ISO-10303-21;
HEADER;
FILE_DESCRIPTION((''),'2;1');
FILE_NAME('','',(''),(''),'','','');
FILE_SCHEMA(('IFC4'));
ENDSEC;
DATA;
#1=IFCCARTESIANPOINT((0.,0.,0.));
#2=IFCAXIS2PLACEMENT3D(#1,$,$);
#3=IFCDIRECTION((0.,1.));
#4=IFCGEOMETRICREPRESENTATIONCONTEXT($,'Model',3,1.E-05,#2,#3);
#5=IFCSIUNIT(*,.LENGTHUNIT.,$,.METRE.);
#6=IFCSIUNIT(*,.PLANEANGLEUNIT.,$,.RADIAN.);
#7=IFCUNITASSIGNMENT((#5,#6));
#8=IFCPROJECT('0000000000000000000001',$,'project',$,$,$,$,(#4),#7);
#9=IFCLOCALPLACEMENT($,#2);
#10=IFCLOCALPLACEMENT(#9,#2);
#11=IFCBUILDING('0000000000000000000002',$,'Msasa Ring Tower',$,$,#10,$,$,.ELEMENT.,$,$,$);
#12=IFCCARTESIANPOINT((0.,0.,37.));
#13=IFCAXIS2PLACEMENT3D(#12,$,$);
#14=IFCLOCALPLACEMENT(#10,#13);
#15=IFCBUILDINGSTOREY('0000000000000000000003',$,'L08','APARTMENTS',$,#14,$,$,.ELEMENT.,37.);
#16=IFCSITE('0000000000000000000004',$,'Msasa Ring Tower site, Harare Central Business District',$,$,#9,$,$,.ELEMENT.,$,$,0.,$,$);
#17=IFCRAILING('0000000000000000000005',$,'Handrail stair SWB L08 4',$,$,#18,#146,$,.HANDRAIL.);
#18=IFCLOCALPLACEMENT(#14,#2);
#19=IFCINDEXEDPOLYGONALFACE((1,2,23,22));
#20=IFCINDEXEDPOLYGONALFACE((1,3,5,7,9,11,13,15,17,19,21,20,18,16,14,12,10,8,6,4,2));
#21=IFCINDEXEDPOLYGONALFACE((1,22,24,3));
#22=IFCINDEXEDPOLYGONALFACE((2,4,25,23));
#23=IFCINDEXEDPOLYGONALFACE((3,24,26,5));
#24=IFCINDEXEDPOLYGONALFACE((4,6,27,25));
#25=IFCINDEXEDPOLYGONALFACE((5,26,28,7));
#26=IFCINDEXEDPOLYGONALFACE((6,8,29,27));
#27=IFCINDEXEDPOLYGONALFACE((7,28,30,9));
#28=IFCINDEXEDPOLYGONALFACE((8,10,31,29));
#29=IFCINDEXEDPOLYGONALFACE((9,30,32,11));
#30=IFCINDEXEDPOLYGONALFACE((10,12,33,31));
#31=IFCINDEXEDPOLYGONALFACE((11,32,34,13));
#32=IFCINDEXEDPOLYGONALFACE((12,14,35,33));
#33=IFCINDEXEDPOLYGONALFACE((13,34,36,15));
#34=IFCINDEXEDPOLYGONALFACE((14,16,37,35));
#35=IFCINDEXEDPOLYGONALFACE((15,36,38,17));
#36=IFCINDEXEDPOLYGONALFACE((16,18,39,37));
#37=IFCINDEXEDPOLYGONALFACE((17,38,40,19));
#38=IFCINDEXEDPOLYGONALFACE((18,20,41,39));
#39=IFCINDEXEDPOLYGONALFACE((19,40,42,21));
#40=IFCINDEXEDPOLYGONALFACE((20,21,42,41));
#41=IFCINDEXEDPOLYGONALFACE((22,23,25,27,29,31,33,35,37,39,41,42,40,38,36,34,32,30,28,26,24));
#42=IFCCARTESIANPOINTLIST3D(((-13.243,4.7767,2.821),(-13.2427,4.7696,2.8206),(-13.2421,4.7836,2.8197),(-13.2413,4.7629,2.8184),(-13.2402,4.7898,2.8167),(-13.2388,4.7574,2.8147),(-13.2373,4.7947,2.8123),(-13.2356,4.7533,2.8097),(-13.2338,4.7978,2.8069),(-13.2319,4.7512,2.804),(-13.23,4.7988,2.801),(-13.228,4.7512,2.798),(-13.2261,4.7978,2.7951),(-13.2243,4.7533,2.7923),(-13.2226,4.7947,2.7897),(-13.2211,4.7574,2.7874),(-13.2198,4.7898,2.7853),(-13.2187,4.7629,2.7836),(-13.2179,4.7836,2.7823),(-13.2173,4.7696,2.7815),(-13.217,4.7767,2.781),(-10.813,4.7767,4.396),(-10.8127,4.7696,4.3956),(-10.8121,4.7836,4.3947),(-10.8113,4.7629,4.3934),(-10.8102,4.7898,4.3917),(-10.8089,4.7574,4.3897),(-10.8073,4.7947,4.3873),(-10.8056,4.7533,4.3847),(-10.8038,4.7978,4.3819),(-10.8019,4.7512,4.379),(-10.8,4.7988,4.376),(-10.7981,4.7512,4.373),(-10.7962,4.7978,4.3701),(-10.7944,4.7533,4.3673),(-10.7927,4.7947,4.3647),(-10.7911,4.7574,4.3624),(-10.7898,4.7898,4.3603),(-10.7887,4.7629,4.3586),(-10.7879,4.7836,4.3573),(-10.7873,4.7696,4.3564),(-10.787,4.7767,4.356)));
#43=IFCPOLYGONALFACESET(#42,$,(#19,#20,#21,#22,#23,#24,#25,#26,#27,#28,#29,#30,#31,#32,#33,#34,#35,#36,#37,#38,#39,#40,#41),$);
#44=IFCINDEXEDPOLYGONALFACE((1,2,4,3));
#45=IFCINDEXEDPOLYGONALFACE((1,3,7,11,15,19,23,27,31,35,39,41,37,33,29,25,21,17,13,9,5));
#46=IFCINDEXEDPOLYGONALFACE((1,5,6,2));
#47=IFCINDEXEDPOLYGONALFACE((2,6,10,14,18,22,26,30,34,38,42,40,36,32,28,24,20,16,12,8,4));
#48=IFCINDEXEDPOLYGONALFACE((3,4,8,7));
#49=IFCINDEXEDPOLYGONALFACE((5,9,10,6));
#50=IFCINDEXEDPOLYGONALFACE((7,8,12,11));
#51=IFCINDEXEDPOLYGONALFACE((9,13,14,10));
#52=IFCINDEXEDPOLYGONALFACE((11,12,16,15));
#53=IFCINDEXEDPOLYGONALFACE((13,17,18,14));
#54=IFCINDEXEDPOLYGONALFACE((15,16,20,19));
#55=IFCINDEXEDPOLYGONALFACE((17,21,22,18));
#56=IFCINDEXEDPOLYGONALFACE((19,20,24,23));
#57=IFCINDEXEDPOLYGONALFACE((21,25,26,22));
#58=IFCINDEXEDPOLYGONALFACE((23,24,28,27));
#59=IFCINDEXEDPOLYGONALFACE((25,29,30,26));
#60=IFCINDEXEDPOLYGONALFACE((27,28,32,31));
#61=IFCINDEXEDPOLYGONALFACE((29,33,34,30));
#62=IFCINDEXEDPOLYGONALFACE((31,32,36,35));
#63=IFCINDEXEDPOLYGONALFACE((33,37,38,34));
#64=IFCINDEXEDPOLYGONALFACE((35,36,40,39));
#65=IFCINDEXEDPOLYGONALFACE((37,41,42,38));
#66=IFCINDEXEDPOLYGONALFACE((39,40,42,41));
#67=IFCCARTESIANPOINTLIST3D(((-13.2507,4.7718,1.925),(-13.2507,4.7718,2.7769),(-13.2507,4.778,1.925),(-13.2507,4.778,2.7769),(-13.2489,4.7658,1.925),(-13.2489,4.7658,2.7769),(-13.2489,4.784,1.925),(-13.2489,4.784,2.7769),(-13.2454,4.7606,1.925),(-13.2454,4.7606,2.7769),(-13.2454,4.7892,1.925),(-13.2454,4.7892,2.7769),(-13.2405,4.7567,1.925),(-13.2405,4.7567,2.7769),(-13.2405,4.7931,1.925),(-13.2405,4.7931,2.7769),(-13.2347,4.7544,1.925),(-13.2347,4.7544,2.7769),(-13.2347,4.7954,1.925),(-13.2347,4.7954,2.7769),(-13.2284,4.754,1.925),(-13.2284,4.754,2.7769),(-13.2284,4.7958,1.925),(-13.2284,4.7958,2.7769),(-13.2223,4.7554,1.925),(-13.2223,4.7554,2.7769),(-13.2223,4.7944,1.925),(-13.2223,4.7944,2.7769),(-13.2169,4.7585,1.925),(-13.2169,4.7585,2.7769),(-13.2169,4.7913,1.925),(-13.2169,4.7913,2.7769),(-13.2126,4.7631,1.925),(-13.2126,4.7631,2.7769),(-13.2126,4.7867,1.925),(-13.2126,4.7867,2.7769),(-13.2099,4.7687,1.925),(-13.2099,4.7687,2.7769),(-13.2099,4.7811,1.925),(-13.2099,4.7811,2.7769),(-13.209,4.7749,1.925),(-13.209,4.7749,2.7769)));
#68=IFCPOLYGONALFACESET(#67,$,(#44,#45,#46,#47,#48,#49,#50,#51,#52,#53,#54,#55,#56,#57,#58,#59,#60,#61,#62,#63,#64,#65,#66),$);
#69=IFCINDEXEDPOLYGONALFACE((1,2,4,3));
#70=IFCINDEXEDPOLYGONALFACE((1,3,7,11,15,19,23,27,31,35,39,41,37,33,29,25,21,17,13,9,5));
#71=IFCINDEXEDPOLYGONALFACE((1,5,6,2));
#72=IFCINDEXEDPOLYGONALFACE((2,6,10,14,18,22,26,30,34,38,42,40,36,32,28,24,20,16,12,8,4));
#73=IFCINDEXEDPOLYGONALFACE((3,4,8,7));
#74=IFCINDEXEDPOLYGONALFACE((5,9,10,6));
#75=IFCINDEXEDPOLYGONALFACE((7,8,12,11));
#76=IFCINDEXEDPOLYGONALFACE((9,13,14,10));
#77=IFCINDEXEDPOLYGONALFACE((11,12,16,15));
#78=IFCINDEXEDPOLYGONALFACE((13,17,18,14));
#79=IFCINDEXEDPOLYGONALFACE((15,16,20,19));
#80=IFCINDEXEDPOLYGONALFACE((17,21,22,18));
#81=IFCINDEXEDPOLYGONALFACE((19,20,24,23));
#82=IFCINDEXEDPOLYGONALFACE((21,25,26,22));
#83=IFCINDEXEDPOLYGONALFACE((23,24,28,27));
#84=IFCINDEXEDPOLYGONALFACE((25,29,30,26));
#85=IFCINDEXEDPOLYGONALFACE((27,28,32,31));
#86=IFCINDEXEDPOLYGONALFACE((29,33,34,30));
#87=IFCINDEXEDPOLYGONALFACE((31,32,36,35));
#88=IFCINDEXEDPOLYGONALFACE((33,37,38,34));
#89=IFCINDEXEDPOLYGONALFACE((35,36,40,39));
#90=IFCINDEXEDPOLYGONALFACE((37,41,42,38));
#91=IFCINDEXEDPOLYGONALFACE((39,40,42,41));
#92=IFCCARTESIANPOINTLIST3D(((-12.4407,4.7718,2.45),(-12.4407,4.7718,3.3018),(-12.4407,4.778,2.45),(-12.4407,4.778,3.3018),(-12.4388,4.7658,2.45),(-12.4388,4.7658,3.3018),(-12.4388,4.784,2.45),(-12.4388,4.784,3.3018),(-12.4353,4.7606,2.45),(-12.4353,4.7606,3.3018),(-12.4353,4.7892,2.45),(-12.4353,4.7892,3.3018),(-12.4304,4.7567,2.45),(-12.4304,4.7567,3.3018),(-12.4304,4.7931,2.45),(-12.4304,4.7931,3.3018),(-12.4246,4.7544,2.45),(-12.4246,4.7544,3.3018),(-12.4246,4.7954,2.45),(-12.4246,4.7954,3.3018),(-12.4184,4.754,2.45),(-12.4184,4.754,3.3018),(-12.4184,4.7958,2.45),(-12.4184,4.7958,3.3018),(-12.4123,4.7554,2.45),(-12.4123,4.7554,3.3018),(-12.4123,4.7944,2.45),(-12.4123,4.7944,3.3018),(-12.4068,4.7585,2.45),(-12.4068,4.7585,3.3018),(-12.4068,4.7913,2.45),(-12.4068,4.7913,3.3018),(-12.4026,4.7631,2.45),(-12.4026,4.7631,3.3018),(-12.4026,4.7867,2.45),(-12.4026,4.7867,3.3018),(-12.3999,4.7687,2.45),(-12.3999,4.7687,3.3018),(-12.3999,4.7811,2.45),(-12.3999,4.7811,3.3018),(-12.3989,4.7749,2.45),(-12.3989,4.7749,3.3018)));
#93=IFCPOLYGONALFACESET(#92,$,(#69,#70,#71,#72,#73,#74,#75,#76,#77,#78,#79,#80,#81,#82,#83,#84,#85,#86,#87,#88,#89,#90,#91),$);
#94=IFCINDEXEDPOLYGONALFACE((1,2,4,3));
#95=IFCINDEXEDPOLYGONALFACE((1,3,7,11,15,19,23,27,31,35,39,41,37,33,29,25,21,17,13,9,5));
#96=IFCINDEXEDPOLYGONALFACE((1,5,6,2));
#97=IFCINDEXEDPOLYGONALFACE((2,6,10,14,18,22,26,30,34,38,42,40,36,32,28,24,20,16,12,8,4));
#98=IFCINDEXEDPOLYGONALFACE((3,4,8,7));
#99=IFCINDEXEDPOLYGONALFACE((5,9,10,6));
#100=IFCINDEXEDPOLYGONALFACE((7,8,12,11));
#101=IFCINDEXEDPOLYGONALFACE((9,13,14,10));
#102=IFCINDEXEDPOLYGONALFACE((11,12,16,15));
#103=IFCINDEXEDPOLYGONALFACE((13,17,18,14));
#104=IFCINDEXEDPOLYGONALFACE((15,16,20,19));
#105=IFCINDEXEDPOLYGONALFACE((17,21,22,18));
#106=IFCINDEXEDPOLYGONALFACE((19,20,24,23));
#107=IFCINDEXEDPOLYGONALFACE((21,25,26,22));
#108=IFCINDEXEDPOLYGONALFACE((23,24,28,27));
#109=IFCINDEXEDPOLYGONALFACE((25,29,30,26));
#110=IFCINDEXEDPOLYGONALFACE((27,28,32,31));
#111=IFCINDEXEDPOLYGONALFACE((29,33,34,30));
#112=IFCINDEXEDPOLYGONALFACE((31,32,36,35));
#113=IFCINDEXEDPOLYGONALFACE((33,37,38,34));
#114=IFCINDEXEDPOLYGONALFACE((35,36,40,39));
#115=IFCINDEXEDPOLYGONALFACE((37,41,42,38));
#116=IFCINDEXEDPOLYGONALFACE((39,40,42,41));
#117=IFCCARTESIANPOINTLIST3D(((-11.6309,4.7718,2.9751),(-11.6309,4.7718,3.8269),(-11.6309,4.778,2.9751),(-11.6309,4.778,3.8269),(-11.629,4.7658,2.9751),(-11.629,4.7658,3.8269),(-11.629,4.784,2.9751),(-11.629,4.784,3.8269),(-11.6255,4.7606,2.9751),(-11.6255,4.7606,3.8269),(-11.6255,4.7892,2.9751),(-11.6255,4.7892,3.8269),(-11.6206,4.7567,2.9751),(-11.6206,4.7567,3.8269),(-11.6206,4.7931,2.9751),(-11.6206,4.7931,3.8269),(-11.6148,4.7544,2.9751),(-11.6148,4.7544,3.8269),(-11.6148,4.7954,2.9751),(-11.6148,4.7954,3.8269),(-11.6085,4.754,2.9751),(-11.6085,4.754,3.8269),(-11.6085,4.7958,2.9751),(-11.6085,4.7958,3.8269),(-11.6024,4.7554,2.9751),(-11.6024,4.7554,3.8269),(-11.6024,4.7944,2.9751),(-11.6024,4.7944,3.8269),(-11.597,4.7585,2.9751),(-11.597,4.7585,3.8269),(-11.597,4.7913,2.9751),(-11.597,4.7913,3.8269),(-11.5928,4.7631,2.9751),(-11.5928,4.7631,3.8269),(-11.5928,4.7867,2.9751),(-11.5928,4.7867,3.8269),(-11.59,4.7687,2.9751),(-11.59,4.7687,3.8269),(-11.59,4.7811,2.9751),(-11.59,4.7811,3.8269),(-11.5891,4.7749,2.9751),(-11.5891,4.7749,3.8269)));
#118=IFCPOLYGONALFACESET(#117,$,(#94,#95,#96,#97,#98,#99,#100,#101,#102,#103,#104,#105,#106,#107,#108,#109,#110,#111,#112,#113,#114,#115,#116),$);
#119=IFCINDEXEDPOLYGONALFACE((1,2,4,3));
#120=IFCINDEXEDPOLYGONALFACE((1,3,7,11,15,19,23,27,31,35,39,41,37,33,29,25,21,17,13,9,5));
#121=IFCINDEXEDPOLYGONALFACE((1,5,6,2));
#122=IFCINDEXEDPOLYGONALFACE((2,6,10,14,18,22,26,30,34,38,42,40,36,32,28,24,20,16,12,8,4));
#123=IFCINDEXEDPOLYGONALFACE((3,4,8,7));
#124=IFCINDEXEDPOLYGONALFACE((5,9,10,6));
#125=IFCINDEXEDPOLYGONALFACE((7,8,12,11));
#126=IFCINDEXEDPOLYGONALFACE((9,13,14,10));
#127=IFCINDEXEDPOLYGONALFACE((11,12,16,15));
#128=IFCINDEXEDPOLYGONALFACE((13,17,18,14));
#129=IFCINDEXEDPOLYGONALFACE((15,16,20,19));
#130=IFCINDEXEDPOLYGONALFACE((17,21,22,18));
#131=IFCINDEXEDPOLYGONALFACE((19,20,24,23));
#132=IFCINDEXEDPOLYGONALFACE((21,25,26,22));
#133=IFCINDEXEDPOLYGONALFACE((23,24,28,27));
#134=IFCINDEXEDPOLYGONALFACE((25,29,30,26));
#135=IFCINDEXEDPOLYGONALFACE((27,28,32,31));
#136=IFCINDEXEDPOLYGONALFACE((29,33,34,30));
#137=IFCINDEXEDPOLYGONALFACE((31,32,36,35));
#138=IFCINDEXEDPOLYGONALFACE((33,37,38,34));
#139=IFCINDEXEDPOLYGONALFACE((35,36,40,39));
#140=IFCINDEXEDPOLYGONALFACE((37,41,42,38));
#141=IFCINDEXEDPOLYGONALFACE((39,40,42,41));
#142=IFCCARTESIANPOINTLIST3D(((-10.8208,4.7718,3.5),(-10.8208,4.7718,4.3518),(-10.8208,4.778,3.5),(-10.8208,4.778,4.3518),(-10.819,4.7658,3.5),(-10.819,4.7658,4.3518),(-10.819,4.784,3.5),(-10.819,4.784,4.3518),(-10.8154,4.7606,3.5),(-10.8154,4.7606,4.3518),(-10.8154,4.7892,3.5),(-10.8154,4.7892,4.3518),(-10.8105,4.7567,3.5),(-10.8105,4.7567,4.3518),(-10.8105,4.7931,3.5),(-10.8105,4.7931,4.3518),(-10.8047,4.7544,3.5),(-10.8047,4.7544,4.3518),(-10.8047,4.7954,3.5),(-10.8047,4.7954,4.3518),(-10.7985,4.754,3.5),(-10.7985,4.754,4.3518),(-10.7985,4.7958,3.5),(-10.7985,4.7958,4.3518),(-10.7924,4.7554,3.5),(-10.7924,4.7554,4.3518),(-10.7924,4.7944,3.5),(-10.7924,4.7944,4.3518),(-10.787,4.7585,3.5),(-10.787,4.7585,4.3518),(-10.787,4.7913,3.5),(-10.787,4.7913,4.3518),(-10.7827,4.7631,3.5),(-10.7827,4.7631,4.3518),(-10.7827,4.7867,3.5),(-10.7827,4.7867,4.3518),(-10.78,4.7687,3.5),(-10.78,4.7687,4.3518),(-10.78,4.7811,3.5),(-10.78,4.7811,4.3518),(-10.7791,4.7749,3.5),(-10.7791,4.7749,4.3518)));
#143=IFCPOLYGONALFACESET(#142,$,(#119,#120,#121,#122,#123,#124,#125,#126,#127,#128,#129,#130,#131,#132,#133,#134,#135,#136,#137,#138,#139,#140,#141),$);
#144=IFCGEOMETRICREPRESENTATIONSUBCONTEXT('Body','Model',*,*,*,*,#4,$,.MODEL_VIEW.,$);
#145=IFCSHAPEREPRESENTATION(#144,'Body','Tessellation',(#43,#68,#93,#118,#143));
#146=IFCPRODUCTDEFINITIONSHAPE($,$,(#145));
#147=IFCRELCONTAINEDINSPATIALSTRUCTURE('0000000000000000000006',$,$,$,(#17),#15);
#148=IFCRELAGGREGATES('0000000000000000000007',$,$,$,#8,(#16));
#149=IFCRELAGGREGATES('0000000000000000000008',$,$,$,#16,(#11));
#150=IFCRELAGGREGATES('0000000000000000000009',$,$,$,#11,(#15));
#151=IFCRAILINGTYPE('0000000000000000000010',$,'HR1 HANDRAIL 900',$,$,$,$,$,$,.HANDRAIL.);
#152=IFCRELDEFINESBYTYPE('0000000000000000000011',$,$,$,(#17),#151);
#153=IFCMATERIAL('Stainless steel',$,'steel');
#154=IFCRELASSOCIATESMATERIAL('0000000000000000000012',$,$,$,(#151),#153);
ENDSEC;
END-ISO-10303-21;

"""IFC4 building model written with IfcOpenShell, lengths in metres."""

from ifc_helpers import new_model, si_unit, direction, frame, origin, origin_2d, place, context, subcontext, project, spatial, circle, extrude, material, type_object, element, save


model = new_model("IFC4")

# Units and contexts
model_context = context("Model", 3, precision=1e-05, world=origin(), true_north=direction((0.0, 1.0)))
body_context = subcontext(model_context, "Body", "Model", "MODEL_VIEW")
ifc_project = project(units=[si_unit("LENGTHUNIT", "METRE"), si_unit("PLANEANGLEUNIT", "RADIAN")], contexts=[model_context])

# Site, building, storey
site_placement = place(None, origin())
site = spatial("IfcSite", under=ifc_project, at=site_placement, Name="Msasa Ring Tower site, Harare Central Business District", CompositionType="ELEMENT", RefElevation=0.0)
building_placement = place(site_placement, origin())
building = spatial("IfcBuilding", under=site, at=building_placement, Name="Msasa Ring Tower", CompositionType="ELEMENT")
storey_placement = place(building_placement, frame((0.0, 0.0, 37.0)))
storey = spatial("IfcBuildingStorey", under=building, at=storey_placement, Name="L08", Description="APARTMENTS", CompositionType="ELEMENT", Elevation=37.0)

# Railing
ifc_material_1 = material(Name="Stainless steel", Category="steel")
railing_type = type_object("IfcRailingType", Name="HR1 HANDRAIL 900", PredefinedType="HANDRAIL", material=ifc_material_1)
for number, where, name in (
    (1, (-13.23, 4.7749, 1.925), "Handrail stair SWB L08 4"),
):
    element("IfcRailing", number, at=place(storey_placement, frame(where)), inside=storey, type_object=railing_type, Name=name, PredefinedType="HANDRAIL", context=body_context, shape_type="SweptSolid", body=[
        extrude(circle(Radius=0.0239, at=origin_2d()), frame((0.0, 0.0, 0.876), z_axis=(0.839154, 0.0, 0.543894), x_axis=(0.0, 1.0, 0.0)), (0.0, 0.0, 1.0), 2.8958),
        extrude(circle(Radius=0.021, at=origin_2d()), origin(), (0.0, 0.0, 1.0), 0.8518),
        extrude(circle(Radius=0.021, at=origin_2d()), frame((0.8101, 0.0, 0.5249)), (0.0, 0.0, 1.0), 0.8518),
        extrude(circle(Radius=0.021, at=origin_2d()), frame((1.6199, 0.0, 1.05)), (0.0, 0.0, 1.0), 0.8518),
        extrude(circle(Radius=0.021, at=origin_2d()), frame((2.4299, 0.0, 1.575)), (0.0, 0.0, 1.0), 0.8518),
    ])

save(model, "model.ifc")
